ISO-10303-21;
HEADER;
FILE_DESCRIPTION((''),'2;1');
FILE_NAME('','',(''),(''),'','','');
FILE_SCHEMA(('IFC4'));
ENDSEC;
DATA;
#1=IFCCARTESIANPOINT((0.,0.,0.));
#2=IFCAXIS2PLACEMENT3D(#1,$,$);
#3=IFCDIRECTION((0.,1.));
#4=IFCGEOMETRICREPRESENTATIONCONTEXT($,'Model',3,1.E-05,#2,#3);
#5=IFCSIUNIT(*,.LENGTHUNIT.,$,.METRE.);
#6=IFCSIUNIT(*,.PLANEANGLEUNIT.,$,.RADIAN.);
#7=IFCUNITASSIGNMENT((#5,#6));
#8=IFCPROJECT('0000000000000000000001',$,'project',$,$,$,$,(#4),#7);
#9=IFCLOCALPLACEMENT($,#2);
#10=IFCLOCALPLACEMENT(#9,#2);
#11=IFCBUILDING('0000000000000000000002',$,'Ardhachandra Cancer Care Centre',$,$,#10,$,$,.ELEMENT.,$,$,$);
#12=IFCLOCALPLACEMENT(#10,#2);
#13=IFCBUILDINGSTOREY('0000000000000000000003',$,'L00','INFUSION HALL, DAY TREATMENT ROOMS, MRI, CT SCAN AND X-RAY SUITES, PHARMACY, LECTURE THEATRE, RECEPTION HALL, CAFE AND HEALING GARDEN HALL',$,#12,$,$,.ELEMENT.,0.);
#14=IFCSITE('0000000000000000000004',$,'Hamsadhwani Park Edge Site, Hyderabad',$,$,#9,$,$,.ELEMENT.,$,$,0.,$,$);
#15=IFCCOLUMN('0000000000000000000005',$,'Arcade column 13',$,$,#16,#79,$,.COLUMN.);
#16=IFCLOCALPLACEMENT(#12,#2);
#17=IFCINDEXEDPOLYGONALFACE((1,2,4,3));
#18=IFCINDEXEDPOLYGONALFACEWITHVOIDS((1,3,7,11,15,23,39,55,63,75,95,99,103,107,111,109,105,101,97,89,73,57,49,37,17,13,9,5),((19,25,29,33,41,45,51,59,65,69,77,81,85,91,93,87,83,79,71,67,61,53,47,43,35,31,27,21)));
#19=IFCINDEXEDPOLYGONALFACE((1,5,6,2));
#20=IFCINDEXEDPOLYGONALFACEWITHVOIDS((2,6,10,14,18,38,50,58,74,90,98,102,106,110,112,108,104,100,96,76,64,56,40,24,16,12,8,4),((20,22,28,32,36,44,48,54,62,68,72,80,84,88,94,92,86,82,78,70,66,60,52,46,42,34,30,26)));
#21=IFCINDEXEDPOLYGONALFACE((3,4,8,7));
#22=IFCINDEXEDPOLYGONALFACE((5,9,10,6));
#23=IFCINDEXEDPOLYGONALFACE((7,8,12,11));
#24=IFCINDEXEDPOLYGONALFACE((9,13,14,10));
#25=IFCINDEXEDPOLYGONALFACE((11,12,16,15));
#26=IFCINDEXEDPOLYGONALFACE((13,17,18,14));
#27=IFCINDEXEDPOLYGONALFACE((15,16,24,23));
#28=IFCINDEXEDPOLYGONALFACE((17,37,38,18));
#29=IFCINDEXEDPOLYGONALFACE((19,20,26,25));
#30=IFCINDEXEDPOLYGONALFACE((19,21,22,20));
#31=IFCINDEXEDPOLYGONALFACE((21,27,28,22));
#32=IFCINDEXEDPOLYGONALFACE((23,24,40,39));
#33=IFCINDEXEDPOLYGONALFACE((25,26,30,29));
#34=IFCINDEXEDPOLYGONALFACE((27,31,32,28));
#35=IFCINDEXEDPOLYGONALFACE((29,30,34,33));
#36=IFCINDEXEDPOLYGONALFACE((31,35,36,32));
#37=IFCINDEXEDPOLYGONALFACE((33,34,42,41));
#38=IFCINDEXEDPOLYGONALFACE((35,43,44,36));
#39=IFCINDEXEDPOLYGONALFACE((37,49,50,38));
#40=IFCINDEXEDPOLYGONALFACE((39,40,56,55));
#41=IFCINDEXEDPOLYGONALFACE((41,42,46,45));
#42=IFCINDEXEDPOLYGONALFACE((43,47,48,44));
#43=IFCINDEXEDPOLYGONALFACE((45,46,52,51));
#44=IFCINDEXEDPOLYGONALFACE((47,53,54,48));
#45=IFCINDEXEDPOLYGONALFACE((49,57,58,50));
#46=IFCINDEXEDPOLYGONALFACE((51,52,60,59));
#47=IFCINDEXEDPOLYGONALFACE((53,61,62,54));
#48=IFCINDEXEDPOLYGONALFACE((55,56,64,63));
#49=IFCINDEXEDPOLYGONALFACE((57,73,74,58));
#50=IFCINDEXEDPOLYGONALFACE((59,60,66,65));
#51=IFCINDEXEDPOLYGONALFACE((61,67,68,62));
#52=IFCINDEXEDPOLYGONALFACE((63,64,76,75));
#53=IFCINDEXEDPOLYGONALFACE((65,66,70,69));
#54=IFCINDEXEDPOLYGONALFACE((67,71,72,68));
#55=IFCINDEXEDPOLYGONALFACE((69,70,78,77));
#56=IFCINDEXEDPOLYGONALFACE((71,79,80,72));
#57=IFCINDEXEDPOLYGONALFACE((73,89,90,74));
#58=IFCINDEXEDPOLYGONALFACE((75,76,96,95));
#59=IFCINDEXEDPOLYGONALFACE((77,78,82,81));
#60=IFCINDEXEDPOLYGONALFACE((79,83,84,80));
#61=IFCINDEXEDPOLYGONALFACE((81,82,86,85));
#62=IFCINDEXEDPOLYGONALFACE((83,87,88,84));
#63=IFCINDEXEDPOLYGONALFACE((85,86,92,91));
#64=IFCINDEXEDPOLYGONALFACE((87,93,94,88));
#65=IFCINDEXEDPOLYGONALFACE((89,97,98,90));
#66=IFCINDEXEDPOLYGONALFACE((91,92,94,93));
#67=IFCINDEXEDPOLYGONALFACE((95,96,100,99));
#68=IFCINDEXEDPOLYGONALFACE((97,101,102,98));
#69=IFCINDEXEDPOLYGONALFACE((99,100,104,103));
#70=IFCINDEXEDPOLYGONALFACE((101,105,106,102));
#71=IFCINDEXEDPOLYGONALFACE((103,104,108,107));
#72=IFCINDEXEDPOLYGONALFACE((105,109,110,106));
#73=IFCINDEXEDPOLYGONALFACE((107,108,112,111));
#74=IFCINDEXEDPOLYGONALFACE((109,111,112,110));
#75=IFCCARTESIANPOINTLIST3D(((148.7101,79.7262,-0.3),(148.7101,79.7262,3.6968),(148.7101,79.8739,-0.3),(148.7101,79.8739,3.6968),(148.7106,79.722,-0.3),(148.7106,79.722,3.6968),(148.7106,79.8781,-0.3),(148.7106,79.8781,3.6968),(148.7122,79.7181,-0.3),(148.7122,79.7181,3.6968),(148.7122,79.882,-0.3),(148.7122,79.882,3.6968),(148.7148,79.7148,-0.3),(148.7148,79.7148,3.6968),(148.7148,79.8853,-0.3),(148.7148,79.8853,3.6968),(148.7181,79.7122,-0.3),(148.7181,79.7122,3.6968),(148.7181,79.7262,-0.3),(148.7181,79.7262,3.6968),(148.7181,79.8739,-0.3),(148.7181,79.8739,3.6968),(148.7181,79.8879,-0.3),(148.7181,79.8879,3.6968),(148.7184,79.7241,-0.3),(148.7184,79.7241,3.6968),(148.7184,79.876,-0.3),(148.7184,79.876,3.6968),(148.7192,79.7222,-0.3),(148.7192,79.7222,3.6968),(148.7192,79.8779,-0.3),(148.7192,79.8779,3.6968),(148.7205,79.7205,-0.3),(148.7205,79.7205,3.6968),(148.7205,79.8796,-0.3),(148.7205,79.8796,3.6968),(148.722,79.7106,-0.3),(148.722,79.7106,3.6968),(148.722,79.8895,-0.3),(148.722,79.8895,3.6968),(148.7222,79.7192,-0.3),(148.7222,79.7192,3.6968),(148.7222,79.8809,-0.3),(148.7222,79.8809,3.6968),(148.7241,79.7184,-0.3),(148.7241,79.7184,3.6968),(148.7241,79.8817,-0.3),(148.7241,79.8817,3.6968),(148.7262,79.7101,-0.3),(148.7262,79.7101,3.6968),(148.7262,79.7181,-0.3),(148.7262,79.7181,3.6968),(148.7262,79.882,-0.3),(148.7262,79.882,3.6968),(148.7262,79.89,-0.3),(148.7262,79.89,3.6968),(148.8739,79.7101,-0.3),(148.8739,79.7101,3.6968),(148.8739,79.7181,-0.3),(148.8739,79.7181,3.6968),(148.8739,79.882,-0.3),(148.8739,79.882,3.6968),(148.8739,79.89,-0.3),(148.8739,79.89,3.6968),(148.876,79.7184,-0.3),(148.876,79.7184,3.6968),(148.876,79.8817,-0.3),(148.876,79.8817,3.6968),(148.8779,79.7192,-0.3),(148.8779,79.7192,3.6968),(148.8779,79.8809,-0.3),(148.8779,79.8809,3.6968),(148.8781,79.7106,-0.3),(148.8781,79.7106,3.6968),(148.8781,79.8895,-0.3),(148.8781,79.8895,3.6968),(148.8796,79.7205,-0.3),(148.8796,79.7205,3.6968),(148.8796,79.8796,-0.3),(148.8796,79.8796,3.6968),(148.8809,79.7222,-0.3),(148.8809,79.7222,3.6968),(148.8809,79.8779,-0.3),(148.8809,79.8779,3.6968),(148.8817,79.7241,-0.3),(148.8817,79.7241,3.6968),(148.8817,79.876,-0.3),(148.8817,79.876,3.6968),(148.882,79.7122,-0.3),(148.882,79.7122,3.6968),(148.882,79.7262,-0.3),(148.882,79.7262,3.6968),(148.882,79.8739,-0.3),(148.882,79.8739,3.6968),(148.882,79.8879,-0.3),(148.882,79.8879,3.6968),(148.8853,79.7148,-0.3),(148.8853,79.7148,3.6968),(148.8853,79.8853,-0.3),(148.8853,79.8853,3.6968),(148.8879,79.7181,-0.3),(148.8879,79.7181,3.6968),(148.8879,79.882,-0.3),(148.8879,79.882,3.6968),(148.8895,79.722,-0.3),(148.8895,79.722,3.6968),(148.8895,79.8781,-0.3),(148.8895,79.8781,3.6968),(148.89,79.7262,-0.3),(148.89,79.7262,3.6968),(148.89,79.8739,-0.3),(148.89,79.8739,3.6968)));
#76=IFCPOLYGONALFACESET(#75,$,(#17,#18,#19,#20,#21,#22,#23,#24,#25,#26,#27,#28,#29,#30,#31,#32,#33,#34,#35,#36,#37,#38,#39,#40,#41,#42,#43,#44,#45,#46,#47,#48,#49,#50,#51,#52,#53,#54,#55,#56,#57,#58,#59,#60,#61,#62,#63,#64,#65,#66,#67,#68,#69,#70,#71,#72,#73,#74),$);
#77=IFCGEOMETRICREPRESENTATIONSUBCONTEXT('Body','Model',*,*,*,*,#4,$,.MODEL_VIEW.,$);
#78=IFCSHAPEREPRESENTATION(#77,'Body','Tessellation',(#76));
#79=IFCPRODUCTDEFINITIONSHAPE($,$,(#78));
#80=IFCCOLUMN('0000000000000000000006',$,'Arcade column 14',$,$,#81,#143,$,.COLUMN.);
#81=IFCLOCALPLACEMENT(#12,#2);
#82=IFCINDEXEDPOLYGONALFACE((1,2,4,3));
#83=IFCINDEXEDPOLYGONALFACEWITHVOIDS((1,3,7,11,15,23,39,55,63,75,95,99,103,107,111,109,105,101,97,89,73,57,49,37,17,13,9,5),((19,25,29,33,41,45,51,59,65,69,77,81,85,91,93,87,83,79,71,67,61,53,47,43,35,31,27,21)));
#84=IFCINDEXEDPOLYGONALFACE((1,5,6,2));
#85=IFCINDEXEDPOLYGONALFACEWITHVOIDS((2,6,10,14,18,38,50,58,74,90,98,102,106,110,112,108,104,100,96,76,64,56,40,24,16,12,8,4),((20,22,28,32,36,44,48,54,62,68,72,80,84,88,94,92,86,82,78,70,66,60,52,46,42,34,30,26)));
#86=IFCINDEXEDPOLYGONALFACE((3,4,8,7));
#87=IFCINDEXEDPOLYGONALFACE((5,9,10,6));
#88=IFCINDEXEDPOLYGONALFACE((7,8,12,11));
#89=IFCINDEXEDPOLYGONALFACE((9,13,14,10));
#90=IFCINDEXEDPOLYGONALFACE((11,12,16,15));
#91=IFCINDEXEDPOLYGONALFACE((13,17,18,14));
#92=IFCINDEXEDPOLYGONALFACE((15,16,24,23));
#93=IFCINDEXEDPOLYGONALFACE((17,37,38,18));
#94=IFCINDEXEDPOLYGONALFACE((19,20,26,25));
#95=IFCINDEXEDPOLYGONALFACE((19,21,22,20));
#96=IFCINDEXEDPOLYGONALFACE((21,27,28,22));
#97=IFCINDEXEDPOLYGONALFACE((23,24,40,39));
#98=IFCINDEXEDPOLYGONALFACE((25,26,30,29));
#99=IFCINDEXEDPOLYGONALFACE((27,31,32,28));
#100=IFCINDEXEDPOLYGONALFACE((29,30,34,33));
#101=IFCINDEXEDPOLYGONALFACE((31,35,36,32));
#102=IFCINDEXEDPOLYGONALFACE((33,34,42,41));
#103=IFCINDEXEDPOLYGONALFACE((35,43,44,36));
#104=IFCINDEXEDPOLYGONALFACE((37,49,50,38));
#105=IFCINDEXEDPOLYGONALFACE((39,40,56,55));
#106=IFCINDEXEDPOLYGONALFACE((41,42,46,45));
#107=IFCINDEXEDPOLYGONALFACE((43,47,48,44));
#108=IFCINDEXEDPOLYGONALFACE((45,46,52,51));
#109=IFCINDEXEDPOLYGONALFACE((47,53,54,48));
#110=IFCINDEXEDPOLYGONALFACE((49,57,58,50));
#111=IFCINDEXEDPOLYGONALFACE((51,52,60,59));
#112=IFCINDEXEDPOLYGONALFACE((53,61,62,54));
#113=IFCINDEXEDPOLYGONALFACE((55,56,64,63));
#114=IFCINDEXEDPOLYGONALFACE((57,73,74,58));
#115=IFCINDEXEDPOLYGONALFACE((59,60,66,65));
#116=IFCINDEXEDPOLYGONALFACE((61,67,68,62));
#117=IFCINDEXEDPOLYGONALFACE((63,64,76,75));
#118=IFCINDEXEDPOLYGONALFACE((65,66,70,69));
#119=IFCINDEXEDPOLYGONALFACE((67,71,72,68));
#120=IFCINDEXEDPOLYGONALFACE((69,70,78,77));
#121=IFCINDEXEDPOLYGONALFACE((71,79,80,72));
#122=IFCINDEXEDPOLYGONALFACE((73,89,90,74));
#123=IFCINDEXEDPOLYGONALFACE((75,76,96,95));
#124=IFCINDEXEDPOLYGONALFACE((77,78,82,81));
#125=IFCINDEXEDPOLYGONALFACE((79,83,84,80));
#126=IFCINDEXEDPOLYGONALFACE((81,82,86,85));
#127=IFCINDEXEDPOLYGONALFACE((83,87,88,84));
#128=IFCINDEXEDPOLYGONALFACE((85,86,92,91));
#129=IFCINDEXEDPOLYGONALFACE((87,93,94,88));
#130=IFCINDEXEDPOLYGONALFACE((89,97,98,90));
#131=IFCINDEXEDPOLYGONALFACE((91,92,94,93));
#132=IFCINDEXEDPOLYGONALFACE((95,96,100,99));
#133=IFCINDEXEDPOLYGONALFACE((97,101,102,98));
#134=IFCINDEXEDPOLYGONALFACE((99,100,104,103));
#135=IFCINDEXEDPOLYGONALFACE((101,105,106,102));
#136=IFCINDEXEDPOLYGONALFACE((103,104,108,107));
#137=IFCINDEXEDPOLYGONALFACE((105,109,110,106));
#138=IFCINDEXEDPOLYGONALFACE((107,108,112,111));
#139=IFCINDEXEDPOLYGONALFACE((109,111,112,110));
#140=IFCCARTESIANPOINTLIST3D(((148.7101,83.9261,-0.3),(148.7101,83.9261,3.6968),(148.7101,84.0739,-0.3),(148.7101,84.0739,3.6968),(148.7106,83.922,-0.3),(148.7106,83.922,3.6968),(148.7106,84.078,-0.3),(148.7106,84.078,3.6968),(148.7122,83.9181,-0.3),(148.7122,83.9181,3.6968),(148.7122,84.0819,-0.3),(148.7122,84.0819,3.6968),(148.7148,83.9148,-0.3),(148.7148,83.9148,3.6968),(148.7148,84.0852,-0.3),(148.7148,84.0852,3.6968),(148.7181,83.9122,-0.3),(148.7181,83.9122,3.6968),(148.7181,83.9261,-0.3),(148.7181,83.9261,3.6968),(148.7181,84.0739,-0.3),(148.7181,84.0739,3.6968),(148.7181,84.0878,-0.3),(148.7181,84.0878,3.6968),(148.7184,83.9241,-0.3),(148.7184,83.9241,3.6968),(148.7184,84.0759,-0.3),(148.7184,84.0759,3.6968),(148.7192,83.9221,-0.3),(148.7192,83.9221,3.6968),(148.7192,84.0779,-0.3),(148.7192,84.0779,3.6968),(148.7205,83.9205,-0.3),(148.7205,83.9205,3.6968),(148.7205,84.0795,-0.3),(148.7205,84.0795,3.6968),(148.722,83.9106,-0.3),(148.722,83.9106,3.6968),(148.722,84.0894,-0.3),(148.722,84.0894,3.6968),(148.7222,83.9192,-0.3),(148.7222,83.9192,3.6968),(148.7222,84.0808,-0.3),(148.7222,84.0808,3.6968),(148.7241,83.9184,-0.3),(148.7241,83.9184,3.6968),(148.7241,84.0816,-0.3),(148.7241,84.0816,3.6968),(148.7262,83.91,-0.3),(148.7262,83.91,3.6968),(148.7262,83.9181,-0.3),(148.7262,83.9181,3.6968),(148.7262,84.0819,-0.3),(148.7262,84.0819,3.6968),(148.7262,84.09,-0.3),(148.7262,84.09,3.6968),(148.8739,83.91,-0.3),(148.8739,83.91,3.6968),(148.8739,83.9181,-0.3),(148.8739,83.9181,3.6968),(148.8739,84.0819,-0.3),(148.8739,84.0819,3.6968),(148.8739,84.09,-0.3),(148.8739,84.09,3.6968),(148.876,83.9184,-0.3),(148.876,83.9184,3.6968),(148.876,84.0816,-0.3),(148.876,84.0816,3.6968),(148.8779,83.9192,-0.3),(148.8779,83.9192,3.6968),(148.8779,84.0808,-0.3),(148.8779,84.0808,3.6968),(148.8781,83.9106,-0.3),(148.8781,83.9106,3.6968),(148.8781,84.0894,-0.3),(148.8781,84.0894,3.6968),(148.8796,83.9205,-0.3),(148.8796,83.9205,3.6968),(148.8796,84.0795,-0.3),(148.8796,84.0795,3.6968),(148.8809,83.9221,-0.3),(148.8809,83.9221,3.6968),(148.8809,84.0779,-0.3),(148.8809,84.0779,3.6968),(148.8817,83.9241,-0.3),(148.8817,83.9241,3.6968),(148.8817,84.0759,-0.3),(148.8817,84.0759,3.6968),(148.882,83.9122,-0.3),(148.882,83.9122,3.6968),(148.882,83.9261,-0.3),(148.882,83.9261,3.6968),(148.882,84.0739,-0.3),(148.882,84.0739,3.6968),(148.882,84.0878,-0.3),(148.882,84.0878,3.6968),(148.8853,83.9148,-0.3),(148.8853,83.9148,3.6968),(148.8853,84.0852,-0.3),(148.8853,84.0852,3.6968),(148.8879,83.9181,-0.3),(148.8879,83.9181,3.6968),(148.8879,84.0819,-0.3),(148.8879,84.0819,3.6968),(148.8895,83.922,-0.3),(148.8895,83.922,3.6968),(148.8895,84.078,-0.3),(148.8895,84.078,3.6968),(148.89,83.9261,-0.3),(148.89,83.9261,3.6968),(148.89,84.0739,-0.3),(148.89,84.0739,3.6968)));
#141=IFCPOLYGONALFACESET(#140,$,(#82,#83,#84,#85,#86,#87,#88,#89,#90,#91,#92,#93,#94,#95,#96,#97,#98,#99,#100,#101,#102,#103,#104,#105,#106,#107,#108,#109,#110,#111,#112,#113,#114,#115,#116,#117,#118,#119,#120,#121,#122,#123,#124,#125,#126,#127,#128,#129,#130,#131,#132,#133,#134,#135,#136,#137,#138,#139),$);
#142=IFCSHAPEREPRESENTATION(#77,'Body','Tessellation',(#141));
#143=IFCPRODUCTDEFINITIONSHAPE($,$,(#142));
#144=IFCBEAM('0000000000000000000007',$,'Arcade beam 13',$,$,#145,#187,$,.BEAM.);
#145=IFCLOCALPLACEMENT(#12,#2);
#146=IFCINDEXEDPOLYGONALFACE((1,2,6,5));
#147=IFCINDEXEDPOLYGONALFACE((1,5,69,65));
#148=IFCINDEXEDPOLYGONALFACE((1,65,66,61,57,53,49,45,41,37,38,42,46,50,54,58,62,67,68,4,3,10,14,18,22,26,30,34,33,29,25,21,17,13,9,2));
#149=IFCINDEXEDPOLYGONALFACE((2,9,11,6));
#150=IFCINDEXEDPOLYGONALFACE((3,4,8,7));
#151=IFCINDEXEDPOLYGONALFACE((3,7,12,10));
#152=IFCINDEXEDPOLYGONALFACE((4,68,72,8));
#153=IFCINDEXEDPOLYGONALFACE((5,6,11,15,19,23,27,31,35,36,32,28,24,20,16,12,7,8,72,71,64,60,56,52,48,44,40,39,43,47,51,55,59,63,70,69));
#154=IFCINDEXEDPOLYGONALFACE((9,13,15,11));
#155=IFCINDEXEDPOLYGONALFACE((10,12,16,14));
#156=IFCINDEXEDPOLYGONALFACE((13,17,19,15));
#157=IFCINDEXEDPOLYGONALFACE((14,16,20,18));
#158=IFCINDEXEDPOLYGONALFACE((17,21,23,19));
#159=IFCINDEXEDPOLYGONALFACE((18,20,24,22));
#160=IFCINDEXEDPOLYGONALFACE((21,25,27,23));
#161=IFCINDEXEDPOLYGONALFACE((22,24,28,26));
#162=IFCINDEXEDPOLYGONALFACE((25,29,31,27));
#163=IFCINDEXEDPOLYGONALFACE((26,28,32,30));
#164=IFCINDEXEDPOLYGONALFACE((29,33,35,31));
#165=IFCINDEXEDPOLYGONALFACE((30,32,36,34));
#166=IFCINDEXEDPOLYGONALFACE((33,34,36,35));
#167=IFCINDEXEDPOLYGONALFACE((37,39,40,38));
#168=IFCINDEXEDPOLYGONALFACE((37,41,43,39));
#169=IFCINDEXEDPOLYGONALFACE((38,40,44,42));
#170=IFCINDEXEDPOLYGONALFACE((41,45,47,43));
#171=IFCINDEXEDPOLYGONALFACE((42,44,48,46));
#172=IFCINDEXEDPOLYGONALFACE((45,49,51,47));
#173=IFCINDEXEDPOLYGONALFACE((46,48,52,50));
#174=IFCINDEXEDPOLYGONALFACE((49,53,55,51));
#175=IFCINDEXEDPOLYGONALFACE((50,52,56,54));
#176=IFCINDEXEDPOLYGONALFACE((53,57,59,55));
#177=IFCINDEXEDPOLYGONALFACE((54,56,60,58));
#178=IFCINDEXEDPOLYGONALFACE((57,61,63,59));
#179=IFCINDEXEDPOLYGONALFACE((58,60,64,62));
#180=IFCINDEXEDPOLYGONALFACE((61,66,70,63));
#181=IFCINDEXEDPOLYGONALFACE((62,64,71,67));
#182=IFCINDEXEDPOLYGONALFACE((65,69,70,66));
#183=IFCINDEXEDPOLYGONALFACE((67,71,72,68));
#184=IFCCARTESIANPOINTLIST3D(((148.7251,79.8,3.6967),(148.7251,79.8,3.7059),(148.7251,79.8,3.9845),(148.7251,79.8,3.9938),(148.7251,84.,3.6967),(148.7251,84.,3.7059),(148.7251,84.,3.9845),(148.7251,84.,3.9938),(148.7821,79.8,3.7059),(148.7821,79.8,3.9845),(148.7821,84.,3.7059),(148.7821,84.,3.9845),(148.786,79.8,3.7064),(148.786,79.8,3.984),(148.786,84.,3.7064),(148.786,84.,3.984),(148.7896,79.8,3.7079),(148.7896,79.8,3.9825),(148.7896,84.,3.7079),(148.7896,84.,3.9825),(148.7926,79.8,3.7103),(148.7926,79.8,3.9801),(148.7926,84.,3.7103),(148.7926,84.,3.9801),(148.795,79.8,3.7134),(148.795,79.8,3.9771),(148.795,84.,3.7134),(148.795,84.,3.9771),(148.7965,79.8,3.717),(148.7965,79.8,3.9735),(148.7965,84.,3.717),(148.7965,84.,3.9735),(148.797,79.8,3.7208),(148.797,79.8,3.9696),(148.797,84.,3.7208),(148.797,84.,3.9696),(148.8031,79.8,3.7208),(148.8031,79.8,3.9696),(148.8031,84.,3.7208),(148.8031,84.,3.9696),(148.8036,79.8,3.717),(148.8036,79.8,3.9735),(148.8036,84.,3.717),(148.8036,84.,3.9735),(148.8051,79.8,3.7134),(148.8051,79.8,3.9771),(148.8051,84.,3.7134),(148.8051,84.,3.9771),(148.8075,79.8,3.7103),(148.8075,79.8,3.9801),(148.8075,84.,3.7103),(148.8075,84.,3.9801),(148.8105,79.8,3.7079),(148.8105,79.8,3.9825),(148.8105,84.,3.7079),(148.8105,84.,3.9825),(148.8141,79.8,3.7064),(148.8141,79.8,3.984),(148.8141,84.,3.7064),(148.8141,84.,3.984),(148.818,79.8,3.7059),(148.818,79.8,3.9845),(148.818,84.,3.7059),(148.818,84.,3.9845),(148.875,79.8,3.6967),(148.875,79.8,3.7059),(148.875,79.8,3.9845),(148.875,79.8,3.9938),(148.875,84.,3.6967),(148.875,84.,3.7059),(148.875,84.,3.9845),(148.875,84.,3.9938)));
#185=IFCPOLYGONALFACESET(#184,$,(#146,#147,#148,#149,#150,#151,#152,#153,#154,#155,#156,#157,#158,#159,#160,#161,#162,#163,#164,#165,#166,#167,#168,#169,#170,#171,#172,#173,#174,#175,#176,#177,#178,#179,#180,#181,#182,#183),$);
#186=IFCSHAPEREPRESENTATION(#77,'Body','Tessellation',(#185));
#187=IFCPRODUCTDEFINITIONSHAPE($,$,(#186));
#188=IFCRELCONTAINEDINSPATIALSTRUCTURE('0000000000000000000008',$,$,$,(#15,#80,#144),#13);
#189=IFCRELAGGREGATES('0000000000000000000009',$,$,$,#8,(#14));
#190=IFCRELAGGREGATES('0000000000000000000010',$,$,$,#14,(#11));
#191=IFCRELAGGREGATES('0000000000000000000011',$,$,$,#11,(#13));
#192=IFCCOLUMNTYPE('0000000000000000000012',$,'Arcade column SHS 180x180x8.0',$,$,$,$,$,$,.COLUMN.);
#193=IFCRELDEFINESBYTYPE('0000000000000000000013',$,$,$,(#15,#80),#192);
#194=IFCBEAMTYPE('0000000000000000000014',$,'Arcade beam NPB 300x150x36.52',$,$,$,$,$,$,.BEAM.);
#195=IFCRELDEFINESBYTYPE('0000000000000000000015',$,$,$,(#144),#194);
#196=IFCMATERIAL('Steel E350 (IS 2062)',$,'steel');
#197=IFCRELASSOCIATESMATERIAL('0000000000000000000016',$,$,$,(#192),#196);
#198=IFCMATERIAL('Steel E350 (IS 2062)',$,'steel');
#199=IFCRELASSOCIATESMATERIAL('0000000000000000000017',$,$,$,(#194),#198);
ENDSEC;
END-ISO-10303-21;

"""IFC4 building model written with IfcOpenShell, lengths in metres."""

from ifc_helpers import new_model, si_unit, direction, frame, origin, origin_2d, place, context, subcontext, project, spatial, hollow_rectangle, i_section, extrude, material, material_profile, profile_set, type_object, element, save


model = new_model("IFC4")

# Units and contexts
model_context = context("Model", 3, precision=1e-05, world=origin(), true_north=direction((0.0, 1.0)))
body_context = subcontext(model_context, "Body", "Model", "MODEL_VIEW")
ifc_project = project(units=[si_unit("LENGTHUNIT", "METRE"), si_unit("PLANEANGLEUNIT", "RADIAN")], contexts=[model_context])

# Site, building, storey
site_placement = place(None, origin())
site = spatial("IfcSite", under=ifc_project, at=site_placement, Name="Hamsadhwani Park Edge Site, Hyderabad", CompositionType="ELEMENT", RefElevation=0.0)
building_placement = place(site_placement, origin())
building = spatial("IfcBuilding", under=site, at=building_placement, Name="Ardhachandra Cancer Care Centre", CompositionType="ELEMENT")
storey_placement = place(building_placement, origin())
storey = spatial("IfcBuildingStorey", under=building, at=storey_placement, Name="L00", Description="INFUSION HALL, DAY TREATMENT ROOMS, MRI, CT SCAN AND X-RAY SUITES, PHARMACY, LECTURE THEATRE, RECEPTION HALL, CAFE AND HEALING GARDEN HALL", CompositionType="ELEMENT", Elevation=0.0)

# Columns
ifc_material_1 = material(Name="Steel E350 (IS 2062)", Category="steel")
ifc_material_profile_1 = material_profile(ifc_material_1, hollow_rectangle(XDim=0.1799, YDim=0.1799, WallThickness=0.0081, InnerFilletRadius=0.0081, OuterFilletRadius=0.0161, at=origin_2d()), Name="SHS 180x180x8.0")
ifc_profile_set_1 = profile_set([ifc_material_profile_1], Name="Steel E350 (IS 2062)")
column_type = type_object("IfcColumnType", Name="Arcade column SHS 180x180x8.0", PredefinedType="COLUMN", material=ifc_profile_set_1)
for number, where, z_axis, x_axis, name in (
    (1, (148.8, 79.8, -0.3), (0.0, 0.0, 1.0), (1.0, 0.0, 0.0), "Arcade column 13"),
    (2, (148.8, 84.0, -0.3), (0.0, 0.0, 1.0), (1.0, 0.0, 0.0), "Arcade column 14"),
):
    element("IfcColumn", number, at=place(storey_placement, frame(where, z_axis=z_axis, x_axis=x_axis)), inside=storey, type_object=column_type, Name=name, PredefinedType="COLUMN", context=body_context, shape_type="SweptSolid", body=[
        extrude(hollow_rectangle(XDim=0.1799, YDim=0.1799, WallThickness=0.0081, InnerFilletRadius=0.0081, OuterFilletRadius=0.0161, at=origin_2d()), origin(), (0.0, 0.0, 1.0), 3.9968),
    ])

# Beam
ifc_material_2 = material(Name="Steel E350 (IS 2062)", Category="steel")
ifc_material_profile_2 = material_profile(ifc_material_2, i_section(OverallWidth=0.1499, OverallDepth=0.2971, WebThickness=0.0061, FlangeThickness=0.0093, FilletRadius=0.0149, at=origin_2d()), Name="NPB 300x150x36.52")
ifc_profile_set_2 = profile_set([ifc_material_profile_2], Name="Steel E350 (IS 2062)")
beam_type = type_object("IfcBeamType", Name="Arcade beam NPB 300x150x36.52", PredefinedType="BEAM", material=ifc_profile_set_2)
for number, where, z_axis, x_axis, name in (
    (3, (148.8, 79.8, 3.8452), (0.0, 1.0, 0.0), (-1.0, 0.0, 0.0), "Arcade beam 13"),
):
    element("IfcBeam", number, at=place(storey_placement, frame(where, z_axis=z_axis, x_axis=x_axis)), inside=storey, type_object=beam_type, Name=name, PredefinedType="BEAM", context=body_context, shape_type="SweptSolid", body=[
        extrude(i_section(OverallWidth=0.1499, OverallDepth=0.2971, WebThickness=0.0061, FlangeThickness=0.0093, FilletRadius=0.0149, at=origin_2d()), origin(), (0.0, 0.0, 1.0), 4.2),
    ])

save(model, "model.ifc")
